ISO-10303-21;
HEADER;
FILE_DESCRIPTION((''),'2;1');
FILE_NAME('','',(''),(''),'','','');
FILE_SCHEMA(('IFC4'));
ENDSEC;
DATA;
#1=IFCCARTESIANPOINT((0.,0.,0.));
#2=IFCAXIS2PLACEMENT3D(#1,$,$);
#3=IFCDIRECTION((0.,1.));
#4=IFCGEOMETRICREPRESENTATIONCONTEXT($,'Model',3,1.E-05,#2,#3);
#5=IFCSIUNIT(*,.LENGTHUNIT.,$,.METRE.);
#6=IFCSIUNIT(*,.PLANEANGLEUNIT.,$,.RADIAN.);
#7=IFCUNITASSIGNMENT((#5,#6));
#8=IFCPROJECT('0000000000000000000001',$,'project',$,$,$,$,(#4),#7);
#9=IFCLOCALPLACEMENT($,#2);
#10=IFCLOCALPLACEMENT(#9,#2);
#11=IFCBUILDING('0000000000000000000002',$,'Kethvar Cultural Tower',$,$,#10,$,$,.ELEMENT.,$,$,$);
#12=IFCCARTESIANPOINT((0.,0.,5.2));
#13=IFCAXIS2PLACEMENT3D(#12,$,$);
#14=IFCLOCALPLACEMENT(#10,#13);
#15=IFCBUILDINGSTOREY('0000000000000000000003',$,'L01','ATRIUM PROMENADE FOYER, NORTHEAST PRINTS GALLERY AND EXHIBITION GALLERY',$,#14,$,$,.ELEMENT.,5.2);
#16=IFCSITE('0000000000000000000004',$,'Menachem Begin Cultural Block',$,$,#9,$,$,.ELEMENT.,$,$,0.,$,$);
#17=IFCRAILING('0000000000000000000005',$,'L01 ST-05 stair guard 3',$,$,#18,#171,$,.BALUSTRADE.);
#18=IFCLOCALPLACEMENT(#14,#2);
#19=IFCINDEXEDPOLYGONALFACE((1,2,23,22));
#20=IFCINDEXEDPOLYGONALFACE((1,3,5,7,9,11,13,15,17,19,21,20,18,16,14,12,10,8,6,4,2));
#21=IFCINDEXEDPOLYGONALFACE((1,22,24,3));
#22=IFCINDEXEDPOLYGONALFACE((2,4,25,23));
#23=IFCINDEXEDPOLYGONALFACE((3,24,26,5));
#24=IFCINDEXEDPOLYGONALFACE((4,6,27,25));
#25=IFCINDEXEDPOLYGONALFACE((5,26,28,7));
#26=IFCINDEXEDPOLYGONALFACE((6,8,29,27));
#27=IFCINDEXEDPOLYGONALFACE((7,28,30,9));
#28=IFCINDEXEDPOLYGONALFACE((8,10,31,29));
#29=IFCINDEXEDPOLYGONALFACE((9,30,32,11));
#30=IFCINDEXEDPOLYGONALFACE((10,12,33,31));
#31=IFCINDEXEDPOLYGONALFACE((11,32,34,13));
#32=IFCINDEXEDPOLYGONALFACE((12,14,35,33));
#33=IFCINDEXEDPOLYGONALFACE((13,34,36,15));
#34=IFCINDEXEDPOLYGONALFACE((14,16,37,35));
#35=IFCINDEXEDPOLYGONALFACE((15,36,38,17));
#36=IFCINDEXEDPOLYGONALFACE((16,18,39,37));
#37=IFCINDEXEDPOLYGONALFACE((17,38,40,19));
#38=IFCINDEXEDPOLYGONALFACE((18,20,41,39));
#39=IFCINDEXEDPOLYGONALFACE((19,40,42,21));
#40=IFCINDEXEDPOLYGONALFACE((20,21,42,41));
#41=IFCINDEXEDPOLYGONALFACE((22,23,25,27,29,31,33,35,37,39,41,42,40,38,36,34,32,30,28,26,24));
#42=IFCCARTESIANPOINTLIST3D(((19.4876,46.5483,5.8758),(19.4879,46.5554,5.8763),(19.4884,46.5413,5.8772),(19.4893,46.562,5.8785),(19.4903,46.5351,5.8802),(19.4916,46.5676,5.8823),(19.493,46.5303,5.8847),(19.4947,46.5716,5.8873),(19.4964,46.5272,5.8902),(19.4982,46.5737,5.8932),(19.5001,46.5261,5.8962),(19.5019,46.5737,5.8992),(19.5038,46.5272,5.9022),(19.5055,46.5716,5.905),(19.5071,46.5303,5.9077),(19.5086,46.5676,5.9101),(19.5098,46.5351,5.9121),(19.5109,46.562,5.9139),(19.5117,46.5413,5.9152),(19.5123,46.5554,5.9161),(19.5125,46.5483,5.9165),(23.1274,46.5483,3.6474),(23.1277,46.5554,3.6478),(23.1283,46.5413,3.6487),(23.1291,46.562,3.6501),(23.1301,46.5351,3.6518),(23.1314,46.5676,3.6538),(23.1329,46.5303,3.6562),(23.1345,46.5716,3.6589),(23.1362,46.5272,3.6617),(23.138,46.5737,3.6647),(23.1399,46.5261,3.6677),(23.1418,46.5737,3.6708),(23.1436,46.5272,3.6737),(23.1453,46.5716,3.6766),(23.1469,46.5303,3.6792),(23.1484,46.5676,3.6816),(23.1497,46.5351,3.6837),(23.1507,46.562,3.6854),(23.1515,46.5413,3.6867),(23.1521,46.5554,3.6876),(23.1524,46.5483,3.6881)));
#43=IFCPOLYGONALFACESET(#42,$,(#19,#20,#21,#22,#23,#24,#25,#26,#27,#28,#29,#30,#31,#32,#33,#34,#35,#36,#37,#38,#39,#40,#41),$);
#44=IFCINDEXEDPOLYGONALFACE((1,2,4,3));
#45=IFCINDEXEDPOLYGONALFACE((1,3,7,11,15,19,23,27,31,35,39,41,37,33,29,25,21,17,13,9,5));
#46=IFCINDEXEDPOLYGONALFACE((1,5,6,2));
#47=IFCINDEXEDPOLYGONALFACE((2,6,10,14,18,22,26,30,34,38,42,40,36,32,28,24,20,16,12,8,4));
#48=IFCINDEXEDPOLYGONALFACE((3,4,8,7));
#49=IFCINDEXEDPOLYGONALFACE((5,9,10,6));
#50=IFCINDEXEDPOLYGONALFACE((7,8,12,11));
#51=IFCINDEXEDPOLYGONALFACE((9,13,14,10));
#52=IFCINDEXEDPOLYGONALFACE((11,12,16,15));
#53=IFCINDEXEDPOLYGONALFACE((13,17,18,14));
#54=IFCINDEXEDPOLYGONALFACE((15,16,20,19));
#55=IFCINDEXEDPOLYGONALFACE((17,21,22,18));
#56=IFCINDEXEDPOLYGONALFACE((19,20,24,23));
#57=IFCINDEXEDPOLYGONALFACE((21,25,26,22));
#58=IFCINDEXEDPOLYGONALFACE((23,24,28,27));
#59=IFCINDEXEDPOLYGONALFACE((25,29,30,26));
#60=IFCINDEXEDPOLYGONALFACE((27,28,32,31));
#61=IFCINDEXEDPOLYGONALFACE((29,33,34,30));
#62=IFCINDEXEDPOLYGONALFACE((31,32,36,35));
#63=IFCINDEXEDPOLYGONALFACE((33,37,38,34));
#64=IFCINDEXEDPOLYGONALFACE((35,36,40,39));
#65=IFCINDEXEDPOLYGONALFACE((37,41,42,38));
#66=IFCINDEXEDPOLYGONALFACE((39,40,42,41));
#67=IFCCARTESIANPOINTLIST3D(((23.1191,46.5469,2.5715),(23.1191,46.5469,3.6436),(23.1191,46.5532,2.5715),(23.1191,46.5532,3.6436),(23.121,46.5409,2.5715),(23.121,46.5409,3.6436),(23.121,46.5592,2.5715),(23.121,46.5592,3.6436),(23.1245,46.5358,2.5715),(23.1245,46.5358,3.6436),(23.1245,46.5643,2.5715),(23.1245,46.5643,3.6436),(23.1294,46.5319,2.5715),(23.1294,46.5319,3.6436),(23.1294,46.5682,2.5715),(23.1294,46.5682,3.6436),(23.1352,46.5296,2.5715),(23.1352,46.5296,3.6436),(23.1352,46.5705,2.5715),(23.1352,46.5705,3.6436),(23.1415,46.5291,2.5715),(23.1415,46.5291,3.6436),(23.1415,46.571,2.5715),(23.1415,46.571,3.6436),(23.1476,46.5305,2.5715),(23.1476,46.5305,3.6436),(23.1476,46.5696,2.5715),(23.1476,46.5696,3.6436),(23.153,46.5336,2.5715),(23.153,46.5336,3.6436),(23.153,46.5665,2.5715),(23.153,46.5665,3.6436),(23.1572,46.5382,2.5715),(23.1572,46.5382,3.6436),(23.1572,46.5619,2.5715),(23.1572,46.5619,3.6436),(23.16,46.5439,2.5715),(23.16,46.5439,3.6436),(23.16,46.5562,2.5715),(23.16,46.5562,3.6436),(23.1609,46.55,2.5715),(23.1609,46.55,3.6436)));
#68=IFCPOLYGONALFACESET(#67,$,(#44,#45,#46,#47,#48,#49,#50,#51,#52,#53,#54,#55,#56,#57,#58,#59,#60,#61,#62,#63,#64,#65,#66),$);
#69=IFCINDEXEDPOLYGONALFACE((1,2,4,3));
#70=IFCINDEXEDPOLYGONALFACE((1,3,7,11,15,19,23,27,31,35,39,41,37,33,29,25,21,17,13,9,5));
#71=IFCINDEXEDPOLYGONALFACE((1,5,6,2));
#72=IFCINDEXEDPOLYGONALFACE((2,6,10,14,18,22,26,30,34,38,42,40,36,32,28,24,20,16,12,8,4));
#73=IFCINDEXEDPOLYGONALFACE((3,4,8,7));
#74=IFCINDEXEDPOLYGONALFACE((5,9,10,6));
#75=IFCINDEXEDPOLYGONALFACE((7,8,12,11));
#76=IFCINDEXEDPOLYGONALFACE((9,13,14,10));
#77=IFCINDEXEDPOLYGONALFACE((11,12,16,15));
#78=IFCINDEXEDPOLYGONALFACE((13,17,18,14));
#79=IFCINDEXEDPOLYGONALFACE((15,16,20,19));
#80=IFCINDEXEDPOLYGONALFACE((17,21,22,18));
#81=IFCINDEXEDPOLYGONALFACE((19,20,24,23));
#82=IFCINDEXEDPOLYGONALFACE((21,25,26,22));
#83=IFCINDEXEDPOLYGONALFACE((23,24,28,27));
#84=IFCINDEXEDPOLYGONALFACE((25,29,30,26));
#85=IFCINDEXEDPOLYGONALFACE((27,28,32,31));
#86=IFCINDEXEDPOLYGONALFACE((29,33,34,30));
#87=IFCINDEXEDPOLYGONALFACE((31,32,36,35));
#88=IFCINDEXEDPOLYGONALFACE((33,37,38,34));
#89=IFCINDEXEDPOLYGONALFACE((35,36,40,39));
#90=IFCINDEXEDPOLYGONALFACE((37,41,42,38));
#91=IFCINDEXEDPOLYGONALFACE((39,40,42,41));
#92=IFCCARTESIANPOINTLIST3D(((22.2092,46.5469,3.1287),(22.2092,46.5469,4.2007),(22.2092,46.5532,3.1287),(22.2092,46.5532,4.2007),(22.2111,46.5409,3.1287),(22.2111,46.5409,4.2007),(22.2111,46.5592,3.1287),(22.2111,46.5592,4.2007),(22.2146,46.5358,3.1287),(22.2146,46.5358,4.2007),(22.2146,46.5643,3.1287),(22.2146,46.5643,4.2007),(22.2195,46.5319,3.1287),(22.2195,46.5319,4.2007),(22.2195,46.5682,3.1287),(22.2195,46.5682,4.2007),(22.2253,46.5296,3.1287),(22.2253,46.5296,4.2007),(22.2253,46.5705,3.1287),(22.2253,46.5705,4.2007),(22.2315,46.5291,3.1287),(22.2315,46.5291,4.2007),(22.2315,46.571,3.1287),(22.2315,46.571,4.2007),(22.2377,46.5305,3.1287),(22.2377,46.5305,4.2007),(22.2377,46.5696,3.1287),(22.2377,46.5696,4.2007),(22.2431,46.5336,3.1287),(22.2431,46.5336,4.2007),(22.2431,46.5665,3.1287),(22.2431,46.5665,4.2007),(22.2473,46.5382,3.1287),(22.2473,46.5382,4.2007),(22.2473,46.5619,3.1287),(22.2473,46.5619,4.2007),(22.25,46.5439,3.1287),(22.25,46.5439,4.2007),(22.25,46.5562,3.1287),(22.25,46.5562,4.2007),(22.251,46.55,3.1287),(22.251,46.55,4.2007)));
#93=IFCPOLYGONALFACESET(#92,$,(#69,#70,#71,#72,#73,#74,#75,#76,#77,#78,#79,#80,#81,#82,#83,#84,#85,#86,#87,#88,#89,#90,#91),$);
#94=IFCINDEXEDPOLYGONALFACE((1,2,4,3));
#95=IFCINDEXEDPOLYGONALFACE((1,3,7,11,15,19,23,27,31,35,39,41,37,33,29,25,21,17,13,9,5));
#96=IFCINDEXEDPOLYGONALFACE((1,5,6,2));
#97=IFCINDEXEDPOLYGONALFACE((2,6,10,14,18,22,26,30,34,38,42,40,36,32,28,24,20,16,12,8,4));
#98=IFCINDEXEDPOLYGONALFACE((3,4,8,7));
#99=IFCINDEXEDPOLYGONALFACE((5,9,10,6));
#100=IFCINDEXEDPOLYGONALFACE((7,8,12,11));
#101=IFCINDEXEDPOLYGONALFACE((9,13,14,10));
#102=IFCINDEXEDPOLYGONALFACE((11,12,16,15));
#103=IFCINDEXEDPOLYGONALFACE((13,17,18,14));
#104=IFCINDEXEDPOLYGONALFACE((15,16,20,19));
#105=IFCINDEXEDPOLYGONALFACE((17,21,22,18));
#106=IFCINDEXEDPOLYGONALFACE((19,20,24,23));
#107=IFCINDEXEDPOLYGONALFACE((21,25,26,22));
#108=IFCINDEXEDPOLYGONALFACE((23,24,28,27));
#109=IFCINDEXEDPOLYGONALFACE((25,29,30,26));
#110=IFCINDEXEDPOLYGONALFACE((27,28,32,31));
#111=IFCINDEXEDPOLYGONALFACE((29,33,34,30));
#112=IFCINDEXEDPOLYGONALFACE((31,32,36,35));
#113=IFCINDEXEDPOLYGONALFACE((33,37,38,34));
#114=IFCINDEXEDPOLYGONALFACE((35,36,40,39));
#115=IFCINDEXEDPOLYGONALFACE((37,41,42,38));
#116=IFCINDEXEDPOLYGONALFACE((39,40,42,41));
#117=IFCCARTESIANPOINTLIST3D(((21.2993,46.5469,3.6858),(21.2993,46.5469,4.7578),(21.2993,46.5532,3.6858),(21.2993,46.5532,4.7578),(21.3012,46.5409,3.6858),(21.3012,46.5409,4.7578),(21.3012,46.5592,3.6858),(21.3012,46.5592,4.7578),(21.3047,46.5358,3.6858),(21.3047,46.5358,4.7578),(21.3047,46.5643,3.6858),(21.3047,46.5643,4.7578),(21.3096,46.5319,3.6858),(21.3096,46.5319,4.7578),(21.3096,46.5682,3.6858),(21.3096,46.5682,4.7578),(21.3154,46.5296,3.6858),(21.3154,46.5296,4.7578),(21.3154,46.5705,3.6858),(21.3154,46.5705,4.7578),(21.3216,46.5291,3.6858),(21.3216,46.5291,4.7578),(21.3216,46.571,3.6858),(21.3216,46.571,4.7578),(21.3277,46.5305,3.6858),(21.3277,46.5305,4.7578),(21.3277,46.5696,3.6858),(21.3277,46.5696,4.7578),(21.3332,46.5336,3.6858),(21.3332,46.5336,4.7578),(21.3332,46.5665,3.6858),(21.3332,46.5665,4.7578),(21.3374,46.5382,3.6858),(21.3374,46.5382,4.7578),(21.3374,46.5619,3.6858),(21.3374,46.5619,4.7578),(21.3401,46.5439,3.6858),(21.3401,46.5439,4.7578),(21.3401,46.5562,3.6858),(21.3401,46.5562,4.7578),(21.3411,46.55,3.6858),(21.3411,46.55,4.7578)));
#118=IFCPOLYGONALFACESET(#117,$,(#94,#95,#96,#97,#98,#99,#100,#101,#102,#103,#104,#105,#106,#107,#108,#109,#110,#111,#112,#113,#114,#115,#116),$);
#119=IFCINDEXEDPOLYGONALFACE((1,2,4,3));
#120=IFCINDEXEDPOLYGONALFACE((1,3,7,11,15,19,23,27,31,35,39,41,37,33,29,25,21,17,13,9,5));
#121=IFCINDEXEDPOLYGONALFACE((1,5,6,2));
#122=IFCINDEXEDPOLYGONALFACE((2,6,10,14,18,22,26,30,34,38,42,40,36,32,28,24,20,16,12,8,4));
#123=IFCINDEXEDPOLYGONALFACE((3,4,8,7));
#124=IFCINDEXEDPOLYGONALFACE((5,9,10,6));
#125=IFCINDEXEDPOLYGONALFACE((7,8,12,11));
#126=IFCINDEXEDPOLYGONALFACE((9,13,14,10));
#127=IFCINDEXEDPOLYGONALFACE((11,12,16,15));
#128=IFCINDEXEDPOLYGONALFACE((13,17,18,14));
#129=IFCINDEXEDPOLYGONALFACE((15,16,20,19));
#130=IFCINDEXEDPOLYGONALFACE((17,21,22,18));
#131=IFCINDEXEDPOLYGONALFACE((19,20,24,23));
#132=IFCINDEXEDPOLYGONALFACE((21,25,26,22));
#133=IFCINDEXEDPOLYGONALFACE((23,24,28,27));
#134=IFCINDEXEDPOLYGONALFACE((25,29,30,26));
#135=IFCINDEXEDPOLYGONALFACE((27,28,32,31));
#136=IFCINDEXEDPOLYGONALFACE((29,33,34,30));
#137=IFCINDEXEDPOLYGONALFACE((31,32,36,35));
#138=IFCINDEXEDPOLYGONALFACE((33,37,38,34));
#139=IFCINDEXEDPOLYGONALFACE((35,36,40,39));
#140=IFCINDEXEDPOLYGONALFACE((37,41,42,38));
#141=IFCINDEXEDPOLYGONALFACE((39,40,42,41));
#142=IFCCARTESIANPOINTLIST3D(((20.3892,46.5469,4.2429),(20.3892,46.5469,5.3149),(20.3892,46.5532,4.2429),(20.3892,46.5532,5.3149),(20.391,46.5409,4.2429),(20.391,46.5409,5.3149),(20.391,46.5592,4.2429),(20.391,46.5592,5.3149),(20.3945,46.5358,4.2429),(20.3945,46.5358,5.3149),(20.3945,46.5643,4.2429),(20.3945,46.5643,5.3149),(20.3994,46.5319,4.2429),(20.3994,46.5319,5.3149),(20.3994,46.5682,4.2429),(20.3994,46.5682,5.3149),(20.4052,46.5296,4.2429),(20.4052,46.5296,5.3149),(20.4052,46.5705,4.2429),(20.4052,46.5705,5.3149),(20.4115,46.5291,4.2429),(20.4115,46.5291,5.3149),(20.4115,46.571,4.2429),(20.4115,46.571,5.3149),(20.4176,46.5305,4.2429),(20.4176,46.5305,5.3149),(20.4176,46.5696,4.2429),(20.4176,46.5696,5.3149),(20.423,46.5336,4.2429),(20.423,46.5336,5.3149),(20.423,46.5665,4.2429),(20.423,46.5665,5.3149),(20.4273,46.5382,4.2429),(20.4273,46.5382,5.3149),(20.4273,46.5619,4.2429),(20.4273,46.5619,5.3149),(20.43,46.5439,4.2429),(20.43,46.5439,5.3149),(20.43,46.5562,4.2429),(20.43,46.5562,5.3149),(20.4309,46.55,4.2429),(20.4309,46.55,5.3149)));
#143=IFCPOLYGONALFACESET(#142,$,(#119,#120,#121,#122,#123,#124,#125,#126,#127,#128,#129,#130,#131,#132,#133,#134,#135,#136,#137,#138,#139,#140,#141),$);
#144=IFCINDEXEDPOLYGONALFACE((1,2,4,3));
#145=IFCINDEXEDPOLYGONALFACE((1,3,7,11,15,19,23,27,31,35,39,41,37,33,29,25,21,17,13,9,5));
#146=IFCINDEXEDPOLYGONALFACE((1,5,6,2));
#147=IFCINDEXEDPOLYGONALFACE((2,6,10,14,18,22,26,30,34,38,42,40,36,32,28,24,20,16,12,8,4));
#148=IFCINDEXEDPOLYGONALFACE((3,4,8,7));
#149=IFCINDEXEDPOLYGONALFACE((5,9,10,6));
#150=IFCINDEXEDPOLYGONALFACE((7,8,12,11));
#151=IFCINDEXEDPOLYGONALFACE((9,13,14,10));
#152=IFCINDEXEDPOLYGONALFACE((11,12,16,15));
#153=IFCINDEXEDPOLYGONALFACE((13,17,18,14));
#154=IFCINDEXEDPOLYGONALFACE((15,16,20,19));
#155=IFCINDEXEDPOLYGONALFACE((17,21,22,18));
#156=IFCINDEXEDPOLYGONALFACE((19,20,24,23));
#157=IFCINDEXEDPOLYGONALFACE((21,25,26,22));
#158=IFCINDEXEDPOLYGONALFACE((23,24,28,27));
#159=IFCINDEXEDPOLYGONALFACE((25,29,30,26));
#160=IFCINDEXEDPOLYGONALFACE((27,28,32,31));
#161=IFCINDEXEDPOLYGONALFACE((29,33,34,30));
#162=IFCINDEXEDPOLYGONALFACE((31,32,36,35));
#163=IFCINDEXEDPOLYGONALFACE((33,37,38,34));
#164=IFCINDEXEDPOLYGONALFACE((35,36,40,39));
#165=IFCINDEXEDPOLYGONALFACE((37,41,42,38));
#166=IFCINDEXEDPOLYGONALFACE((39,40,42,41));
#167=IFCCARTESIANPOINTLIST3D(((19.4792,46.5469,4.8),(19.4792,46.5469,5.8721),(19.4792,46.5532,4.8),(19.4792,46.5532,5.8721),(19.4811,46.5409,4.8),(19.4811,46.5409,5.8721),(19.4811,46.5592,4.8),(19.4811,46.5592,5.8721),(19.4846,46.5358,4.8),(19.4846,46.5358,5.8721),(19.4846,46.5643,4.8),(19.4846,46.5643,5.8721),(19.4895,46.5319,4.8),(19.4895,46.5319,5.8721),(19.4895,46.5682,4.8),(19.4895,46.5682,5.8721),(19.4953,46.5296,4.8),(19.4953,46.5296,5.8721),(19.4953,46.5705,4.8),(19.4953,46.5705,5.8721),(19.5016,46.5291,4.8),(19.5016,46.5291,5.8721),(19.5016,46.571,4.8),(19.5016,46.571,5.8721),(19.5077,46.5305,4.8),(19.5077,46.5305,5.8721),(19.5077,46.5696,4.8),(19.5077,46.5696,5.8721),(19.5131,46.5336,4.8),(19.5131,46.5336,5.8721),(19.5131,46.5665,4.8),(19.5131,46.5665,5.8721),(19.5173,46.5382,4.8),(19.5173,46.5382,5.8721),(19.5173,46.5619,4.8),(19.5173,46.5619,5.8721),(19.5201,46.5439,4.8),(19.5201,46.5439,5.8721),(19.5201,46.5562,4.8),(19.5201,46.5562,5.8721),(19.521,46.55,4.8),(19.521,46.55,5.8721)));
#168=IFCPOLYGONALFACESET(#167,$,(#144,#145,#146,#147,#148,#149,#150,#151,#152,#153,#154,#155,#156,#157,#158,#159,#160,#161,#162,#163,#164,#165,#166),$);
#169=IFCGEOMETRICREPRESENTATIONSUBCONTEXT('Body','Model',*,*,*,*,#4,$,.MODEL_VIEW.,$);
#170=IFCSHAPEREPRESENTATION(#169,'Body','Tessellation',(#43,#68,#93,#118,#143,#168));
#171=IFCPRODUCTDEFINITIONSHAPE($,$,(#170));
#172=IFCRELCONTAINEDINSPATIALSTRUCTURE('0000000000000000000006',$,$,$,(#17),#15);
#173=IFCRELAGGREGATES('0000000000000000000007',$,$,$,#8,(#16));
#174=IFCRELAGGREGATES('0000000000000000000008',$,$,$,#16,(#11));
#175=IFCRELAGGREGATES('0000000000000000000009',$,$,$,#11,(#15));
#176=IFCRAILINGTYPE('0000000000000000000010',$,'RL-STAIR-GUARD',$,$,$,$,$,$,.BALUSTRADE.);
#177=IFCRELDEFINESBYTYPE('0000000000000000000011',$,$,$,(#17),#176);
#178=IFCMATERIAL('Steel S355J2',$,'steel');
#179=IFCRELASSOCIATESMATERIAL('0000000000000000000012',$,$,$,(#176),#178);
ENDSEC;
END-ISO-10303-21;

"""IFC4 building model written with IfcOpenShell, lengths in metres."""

from ifc_helpers import new_model, si_unit, direction, frame, origin, origin_2d, place, context, subcontext, project, spatial, circle, extrude, material, type_object, element, save


model = new_model("IFC4")

# Units and contexts
model_context = context("Model", 3, precision=1e-05, world=origin(), true_north=direction((0.0, 1.0)))
body_context = subcontext(model_context, "Body", "Model", "MODEL_VIEW")
ifc_project = project(units=[si_unit("LENGTHUNIT", "METRE"), si_unit("PLANEANGLEUNIT", "RADIAN")], contexts=[model_context])

# Site, building, storey
site_placement = place(None, origin())
site = spatial("IfcSite", under=ifc_project, at=site_placement, Name="Menachem Begin Cultural Block", CompositionType="ELEMENT", RefElevation=0.0)
building_placement = place(site_placement, origin())
building = spatial("IfcBuilding", under=site, at=building_placement, Name="Kethvar Cultural Tower", CompositionType="ELEMENT")
storey_placement = place(building_placement, frame((0.0, 0.0, 5.2)))
storey = spatial("IfcBuildingStorey", under=building, at=storey_placement, Name="L01", Description="ATRIUM PROMENADE FOYER, NORTHEAST PRINTS GALLERY AND EXHIBITION GALLERY", CompositionType="ELEMENT", Elevation=5.2)

# Railing
ifc_material_1 = material(Name="Steel S355J2", Category="steel")
railing_type_1 = type_object("IfcRailingType", Name="RL-STAIR-GUARD", PredefinedType="BALUSTRADE", material=ifc_material_1)
railing_1_placement = place(storey_placement, frame((23.1399, 46.55, 2.5715)))
element("IfcRailing", 1, at=railing_1_placement, inside=storey, type_object=railing_type_1, Name="L01 ST-05 stair guard 3", PredefinedType="BALUSTRADE", context=body_context, shape_type="SweptSolid", body=[
    extrude(circle(Radius=0.0239, at=origin_2d()), frame((0.0, 0.0, 1.0962), z_axis=(-0.85285, 0.0, 0.522156), x_axis=(0.0, -1.0, 0.0)), (0.0, 0.0, 1.0), 4.2678),
    extrude(circle(Radius=0.021, at=origin_2d()), origin(), (0.0, 0.0, 1.0), 1.072),
    extrude(circle(Radius=0.021, at=origin_2d()), frame((-0.9099, 0.0, 0.5571)), (0.0, 0.0, 1.0), 1.072),
    extrude(circle(Radius=0.021, at=origin_2d()), frame((-1.8198, 0.0, 1.1143)), (0.0, 0.0, 1.0), 1.072),
    extrude(circle(Radius=0.021, at=origin_2d()), frame((-2.73, 0.0, 1.6714)), (0.0, 0.0, 1.0), 1.072),
    extrude(circle(Radius=0.021, at=origin_2d()), frame((-3.6399, 0.0, 2.2285)), (0.0, 0.0, 1.0), 1.072),
])

save(model, "model.ifc")
